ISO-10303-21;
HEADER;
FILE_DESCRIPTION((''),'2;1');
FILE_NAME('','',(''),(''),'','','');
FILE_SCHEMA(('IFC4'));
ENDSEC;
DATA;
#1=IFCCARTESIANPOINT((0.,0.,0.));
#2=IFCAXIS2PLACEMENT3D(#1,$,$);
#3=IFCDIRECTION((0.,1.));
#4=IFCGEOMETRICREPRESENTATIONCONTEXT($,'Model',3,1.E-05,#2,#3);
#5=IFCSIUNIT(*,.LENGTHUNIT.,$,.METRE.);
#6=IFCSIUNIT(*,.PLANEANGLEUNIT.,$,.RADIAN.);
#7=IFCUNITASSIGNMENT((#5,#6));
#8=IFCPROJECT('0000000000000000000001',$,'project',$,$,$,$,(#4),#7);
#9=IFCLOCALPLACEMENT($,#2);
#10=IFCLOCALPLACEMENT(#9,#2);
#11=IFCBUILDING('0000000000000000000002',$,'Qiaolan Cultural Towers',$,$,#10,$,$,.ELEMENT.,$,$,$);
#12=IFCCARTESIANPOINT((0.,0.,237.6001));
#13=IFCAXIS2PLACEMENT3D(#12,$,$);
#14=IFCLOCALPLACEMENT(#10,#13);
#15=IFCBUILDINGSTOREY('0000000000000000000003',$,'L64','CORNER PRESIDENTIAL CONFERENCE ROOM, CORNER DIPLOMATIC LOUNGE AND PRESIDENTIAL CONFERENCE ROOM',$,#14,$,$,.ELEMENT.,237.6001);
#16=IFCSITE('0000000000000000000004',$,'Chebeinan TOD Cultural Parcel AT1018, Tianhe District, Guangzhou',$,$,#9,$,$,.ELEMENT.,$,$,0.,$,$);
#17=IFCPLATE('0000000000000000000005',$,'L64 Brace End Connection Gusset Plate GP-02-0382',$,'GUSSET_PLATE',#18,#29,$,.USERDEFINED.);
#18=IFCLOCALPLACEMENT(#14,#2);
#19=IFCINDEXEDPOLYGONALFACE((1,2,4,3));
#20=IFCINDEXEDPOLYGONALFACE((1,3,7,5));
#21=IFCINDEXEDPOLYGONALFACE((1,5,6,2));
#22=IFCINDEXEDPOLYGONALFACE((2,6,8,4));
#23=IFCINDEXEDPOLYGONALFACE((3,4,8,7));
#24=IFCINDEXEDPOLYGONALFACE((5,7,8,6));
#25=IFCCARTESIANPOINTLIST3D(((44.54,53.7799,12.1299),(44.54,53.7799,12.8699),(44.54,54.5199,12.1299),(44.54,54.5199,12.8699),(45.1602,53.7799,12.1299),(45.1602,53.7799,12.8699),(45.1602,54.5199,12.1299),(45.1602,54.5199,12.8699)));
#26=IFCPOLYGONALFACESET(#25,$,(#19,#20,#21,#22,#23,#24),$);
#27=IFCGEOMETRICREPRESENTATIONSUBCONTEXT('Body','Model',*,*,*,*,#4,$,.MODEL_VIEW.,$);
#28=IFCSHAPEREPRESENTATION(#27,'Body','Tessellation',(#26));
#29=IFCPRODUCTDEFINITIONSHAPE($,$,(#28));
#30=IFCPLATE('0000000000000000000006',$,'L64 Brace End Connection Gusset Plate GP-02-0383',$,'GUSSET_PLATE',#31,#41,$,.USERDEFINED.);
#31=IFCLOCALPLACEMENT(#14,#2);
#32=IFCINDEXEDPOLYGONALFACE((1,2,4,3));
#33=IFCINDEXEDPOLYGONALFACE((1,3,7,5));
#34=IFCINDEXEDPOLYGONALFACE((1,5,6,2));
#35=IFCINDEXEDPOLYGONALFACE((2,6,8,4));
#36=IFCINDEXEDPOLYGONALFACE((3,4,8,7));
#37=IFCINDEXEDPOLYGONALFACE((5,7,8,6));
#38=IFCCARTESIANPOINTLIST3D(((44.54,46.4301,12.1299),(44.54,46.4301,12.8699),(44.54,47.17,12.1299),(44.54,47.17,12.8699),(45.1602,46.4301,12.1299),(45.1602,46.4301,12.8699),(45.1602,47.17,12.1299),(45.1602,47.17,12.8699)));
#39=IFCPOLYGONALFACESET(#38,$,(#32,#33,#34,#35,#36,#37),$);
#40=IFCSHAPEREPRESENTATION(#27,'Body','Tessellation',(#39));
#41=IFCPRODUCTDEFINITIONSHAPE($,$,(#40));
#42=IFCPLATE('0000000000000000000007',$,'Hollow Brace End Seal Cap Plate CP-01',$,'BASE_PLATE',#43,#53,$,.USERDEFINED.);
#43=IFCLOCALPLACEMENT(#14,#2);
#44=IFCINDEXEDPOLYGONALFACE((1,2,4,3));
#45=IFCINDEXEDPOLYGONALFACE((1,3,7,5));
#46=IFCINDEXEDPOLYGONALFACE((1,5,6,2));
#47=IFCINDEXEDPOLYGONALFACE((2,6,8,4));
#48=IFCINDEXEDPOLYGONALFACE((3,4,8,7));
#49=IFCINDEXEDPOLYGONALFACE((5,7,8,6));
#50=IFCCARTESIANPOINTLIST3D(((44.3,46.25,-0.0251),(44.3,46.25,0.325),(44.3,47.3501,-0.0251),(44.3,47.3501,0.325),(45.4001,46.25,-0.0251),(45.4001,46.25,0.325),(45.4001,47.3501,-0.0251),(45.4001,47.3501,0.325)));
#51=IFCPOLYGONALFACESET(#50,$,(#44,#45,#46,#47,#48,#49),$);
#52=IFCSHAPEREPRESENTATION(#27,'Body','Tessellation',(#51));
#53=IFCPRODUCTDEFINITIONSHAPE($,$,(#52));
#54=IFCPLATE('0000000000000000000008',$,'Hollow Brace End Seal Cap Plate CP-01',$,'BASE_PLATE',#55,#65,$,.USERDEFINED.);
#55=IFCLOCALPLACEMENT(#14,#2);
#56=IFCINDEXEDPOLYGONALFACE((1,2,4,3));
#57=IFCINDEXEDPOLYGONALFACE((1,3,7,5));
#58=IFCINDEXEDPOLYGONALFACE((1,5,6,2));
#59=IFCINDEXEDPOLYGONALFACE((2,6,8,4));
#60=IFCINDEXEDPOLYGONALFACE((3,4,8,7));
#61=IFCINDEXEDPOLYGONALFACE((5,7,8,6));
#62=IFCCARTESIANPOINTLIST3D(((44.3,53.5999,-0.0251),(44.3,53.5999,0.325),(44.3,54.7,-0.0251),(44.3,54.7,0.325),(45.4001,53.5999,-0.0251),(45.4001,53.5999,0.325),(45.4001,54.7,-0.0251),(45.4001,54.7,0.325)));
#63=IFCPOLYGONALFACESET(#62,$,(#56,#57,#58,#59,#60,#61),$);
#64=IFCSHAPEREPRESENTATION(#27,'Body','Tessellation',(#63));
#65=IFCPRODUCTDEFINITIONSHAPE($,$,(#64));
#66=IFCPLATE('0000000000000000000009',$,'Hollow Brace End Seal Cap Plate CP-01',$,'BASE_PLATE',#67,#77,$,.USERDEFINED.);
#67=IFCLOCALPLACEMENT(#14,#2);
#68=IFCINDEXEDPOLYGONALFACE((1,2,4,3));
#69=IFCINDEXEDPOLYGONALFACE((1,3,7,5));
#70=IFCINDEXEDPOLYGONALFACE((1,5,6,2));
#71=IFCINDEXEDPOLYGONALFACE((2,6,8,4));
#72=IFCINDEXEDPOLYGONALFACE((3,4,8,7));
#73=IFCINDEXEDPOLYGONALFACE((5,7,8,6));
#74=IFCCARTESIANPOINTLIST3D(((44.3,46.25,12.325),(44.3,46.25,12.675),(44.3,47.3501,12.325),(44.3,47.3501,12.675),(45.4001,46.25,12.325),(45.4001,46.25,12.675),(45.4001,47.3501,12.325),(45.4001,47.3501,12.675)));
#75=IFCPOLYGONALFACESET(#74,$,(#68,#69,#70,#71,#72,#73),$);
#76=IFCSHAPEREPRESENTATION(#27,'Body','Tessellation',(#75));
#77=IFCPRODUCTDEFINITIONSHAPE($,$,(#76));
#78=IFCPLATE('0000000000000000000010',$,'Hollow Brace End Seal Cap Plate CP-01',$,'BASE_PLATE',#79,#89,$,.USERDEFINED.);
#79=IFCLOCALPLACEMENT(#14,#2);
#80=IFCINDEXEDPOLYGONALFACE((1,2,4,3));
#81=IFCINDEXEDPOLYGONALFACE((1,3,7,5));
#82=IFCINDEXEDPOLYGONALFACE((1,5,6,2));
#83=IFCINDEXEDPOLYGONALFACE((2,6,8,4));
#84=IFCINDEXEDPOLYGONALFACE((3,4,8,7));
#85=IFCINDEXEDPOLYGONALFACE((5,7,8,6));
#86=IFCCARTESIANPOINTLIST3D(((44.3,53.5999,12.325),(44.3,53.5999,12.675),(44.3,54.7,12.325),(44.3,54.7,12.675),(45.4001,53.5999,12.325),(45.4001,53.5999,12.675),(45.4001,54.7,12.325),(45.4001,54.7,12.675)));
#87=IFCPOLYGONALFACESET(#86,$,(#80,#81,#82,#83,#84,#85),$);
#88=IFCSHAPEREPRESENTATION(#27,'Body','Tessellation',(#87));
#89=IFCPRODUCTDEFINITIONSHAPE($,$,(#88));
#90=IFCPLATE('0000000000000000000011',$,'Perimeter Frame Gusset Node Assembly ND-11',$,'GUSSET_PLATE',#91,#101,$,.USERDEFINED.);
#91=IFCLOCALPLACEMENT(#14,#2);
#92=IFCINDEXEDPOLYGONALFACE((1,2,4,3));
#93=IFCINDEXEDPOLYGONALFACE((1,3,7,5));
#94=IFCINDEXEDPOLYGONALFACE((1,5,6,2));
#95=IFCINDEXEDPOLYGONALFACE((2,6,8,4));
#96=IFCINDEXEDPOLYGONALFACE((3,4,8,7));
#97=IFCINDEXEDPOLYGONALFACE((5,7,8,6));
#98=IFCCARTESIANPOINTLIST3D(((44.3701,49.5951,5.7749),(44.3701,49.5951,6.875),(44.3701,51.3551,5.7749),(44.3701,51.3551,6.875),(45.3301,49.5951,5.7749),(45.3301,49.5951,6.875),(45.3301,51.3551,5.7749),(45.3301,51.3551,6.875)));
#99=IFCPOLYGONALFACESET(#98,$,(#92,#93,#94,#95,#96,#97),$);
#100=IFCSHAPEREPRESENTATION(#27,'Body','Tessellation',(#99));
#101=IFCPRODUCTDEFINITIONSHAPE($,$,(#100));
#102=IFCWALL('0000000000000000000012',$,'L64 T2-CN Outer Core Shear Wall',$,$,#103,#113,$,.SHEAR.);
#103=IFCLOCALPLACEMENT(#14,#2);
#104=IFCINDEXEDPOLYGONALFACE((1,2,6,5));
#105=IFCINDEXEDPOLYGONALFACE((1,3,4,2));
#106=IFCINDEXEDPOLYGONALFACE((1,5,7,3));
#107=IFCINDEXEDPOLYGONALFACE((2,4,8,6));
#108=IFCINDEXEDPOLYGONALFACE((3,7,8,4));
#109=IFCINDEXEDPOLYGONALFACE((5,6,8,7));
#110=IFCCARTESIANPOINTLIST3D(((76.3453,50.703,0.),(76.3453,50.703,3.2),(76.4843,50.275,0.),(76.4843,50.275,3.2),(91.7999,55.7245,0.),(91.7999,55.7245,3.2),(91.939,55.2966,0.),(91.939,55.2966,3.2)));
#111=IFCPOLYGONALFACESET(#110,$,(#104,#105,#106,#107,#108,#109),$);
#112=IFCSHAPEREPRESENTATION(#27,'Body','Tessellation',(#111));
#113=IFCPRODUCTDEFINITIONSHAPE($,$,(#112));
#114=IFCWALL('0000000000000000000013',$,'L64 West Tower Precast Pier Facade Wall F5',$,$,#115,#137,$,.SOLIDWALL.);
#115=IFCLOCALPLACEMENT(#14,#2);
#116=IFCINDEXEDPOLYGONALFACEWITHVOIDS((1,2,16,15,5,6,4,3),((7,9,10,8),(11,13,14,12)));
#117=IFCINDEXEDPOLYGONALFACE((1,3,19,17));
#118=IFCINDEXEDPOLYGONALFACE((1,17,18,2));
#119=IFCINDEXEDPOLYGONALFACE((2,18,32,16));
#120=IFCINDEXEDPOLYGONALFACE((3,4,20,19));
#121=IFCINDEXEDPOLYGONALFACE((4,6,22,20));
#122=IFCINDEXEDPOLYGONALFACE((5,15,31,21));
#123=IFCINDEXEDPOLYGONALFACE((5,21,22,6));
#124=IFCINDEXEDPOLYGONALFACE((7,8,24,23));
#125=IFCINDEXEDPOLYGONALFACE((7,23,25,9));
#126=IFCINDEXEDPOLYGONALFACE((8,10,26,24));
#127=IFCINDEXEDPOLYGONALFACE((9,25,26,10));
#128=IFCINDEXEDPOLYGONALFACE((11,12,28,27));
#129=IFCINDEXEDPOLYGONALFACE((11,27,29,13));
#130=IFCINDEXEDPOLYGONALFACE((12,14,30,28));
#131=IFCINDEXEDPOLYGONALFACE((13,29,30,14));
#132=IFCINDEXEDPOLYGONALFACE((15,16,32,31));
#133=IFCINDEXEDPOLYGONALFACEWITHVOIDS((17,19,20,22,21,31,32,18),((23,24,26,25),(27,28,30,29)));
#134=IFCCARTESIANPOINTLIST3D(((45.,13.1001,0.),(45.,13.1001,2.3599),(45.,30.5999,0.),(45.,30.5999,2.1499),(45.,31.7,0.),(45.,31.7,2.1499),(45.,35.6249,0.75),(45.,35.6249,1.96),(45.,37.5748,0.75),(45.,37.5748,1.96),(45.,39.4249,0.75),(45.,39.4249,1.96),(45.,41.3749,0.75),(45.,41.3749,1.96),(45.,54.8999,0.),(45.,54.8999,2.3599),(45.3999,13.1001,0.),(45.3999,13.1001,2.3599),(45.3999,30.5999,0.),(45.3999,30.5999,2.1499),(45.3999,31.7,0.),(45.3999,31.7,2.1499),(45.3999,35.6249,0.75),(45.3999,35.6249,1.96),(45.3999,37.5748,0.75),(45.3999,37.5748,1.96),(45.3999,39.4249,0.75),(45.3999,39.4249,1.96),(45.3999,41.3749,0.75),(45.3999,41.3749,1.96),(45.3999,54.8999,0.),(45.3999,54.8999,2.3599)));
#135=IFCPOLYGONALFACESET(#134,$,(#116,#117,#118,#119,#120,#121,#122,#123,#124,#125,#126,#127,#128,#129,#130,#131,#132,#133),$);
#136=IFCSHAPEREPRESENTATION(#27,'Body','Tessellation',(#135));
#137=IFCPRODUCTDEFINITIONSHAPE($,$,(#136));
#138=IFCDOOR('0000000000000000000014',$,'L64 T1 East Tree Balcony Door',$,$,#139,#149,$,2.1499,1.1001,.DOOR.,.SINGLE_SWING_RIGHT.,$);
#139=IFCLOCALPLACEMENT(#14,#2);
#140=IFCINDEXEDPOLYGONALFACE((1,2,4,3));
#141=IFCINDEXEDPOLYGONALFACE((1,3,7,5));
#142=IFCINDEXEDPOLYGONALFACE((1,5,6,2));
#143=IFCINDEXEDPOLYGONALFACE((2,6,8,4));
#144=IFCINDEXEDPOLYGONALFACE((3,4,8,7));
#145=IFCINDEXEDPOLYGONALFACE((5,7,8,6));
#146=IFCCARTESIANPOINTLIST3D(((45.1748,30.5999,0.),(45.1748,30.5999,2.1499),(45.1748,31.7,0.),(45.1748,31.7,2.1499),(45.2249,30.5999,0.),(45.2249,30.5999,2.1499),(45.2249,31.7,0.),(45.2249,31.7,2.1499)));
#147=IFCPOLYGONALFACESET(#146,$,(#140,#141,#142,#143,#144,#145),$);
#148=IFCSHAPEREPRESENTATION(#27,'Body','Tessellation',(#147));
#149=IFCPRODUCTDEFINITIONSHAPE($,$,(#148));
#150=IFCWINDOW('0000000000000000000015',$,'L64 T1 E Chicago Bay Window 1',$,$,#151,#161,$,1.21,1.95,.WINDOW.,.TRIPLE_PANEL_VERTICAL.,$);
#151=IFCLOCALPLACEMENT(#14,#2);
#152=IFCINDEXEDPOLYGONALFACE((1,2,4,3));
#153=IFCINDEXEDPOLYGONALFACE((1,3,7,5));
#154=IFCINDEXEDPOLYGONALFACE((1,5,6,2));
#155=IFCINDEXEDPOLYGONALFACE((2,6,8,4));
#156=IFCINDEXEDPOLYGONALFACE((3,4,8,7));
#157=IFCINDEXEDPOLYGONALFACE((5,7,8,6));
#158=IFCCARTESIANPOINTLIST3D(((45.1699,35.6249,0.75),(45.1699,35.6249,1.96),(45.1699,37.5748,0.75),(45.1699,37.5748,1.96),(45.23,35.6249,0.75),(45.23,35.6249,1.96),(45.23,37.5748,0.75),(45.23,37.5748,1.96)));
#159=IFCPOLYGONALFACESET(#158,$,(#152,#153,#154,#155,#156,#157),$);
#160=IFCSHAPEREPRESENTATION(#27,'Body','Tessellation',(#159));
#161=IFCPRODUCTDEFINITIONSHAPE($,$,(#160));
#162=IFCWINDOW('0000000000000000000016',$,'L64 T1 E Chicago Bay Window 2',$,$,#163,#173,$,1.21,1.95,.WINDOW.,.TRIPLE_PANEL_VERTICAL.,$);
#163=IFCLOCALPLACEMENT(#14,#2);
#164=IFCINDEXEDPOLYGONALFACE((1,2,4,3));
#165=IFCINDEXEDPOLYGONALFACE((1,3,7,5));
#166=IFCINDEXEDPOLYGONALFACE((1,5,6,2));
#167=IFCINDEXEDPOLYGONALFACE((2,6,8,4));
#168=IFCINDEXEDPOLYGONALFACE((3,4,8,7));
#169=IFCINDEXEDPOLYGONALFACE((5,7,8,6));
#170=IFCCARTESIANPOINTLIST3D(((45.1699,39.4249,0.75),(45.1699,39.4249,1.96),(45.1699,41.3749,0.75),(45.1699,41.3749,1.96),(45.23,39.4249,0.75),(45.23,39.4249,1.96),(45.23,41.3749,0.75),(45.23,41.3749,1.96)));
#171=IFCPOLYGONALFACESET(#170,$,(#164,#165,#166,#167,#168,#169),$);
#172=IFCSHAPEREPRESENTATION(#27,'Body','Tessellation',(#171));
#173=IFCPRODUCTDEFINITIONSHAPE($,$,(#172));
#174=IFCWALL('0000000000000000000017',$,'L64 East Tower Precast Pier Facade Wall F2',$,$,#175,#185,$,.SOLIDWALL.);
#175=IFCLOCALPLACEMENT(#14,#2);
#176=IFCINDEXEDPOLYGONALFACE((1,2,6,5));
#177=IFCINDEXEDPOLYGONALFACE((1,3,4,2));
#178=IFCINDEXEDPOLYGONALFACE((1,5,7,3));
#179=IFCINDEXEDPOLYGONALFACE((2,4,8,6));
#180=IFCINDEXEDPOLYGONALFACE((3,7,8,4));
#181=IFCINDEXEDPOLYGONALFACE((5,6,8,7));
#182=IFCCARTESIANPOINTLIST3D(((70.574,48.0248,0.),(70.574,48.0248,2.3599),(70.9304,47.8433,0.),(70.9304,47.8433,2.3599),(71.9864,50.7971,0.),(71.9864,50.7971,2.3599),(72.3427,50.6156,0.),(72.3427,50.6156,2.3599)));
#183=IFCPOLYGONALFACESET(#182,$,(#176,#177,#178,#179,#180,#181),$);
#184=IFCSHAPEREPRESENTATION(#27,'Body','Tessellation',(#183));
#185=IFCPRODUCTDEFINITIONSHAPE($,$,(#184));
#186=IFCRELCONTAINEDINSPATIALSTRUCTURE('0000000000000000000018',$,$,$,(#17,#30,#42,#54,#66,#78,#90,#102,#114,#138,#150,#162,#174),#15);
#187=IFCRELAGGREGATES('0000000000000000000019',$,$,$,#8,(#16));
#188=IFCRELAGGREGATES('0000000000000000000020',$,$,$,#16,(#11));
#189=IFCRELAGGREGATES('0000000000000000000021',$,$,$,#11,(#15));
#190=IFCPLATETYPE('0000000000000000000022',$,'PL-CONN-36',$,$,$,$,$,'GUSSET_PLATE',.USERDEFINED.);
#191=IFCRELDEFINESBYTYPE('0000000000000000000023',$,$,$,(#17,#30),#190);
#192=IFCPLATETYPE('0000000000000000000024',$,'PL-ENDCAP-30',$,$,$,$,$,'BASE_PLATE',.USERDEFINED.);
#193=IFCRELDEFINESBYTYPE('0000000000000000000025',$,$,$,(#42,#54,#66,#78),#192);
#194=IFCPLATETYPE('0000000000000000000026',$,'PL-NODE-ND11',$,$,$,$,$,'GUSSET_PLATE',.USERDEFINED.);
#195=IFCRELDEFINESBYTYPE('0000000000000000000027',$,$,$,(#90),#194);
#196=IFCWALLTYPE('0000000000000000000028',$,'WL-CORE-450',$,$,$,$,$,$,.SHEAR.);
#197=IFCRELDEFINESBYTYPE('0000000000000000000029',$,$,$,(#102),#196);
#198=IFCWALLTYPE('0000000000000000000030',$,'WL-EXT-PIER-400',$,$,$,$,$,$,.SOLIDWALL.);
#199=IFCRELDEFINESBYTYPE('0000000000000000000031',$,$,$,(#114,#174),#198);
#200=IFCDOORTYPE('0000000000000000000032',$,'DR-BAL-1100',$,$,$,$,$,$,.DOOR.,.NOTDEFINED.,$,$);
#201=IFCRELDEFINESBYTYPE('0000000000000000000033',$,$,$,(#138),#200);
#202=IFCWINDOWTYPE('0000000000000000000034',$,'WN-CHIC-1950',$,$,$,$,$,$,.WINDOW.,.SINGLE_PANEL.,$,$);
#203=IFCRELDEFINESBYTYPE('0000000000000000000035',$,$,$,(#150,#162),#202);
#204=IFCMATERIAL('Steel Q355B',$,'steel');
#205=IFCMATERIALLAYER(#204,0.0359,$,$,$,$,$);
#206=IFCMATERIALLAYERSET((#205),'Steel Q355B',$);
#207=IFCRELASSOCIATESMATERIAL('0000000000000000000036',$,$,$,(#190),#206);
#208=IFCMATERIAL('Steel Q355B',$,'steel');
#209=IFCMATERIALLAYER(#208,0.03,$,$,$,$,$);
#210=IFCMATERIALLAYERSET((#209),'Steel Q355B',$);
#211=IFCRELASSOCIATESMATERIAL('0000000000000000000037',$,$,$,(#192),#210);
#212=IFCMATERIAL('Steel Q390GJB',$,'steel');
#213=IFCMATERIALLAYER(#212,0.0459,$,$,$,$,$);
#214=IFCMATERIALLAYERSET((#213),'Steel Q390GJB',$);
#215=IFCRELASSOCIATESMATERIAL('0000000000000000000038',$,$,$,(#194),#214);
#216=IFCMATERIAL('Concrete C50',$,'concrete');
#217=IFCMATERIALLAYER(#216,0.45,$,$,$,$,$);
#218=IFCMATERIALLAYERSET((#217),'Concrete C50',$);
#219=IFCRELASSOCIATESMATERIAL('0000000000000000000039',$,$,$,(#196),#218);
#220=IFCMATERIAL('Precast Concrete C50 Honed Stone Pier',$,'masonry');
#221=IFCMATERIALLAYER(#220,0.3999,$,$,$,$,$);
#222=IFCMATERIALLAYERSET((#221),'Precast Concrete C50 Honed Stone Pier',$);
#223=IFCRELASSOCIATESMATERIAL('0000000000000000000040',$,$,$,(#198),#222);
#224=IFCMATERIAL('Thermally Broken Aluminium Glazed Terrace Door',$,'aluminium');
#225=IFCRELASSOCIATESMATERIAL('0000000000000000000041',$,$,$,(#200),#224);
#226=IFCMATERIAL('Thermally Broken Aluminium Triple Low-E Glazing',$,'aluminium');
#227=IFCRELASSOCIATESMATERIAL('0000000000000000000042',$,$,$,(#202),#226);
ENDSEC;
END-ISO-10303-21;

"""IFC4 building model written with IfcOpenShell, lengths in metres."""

from ifc_helpers import new_model, si_unit, direction, frame, frame_2d, origin, origin_2d, place, context, subcontext, project, spatial, rectangle, extrude, material, layer, layer_set, type_object, element, fill, save


model = new_model("IFC4")

# Units and contexts
model_context = context("Model", 3, precision=1e-05, world=origin(), true_north=direction((0.0, 1.0)))
body_context = subcontext(model_context, "Body", "Model", "MODEL_VIEW")
ifc_project = project(units=[si_unit("LENGTHUNIT", "METRE"), si_unit("PLANEANGLEUNIT", "RADIAN")], contexts=[model_context])

# Site, building, storey
site_placement = place(None, origin())
site = spatial("IfcSite", under=ifc_project, at=site_placement, Name="Chebeinan TOD Cultural Parcel AT1018, Tianhe District, Guangzhou", CompositionType="ELEMENT", RefElevation=0.0)
building_placement = place(site_placement, origin())
building = spatial("IfcBuilding", under=site, at=building_placement, Name="Qiaolan Cultural Towers", CompositionType="ELEMENT")
storey_placement = place(building_placement, frame((0.0, 0.0, 237.6001)))
storey = spatial("IfcBuildingStorey", under=building, at=storey_placement, Name="L64", Description="CORNER PRESIDENTIAL CONFERENCE ROOM, CORNER DIPLOMATIC LOUNGE AND PRESIDENTIAL CONFERENCE ROOM", CompositionType="ELEMENT", Elevation=237.6001)

# Plates
ifc_material_1 = material(Name="Steel Q355B", Category="steel")
ifc_layer_1 = layer(ifc_material_1, 0.0359)
ifc_layer_set_1 = layer_set([ifc_layer_1], Name="Steel Q355B")
plate_type_1 = type_object("IfcPlateType", Name="PL-CONN-36", ElementType="GUSSET_PLATE", PredefinedType="USERDEFINED", material=ifc_layer_set_1)
for number, where, z_axis, x_axis, name in (
    (1, (44.8501, 54.1499, 12.1299), (0.0, 0.0, 1.0), (0.0, 1.0, 0.0), "L64 Brace End Connection Gusset Plate GP-02-0382"),
    (2, (44.8501, 46.8, 12.1299), (0.0, 0.0, 1.0), (0.0, 1.0, 0.0), "L64 Brace End Connection Gusset Plate GP-02-0383"),
):
    element("IfcPlate", number, at=place(storey_placement, frame(where, z_axis=z_axis, x_axis=x_axis)), inside=storey, type_object=plate_type_1, Name=name, ObjectType="GUSSET_PLATE", PredefinedType="USERDEFINED", context=body_context, shape_type="SweptSolid", body=[
        extrude(rectangle(XDim=0.74, YDim=0.6201, at=origin_2d()), origin(), (0.0, 0.0, 1.0), 0.74),
    ])
ifc_material_2 = material(Name="Steel Q355B", Category="steel")
ifc_layer_2 = layer(ifc_material_2, 0.03)
ifc_layer_set_2 = layer_set([ifc_layer_2], Name="Steel Q355B")
plate_type_2 = type_object("IfcPlateType", Name="PL-ENDCAP-30", ElementType="BASE_PLATE", PredefinedType="USERDEFINED", material=ifc_layer_set_2)
for number, where, z_axis, x_axis, name in (
    (3, (44.8501, 46.8, -0.0251), (0.0, 0.0, 1.0), (0.0, 1.0, 0.0), "Hollow Brace End Seal Cap Plate CP-01"),
    (4, (44.8501, 54.1499, -0.0251), (0.0, 0.0, 1.0), (0.0, 1.0, 0.0), "Hollow Brace End Seal Cap Plate CP-01"),
    (5, (44.8501, 46.8, 12.325), (0.0, 0.0, 1.0), (0.0, 1.0, 0.0), "Hollow Brace End Seal Cap Plate CP-01"),
    (6, (44.8501, 54.1499, 12.325), (0.0, 0.0, 1.0), (0.0, 1.0, 0.0), "Hollow Brace End Seal Cap Plate CP-01"),
):
    element("IfcPlate", number, at=place(storey_placement, frame(where, z_axis=z_axis, x_axis=x_axis)), inside=storey, type_object=plate_type_2, Name=name, ObjectType="BASE_PLATE", PredefinedType="USERDEFINED", context=body_context, shape_type="SweptSolid", body=[
        extrude(rectangle(XDim=1.1001, YDim=1.1001, at=origin_2d()), origin(), (0.0, 0.0, 1.0), 0.3501),
    ])
ifc_material_3 = material(Name="Steel Q390GJB", Category="steel")
ifc_layer_3 = layer(ifc_material_3, 0.0459)
ifc_layer_set_3 = layer_set([ifc_layer_3], Name="Steel Q390GJB")
plate_type_3 = type_object("IfcPlateType", Name="PL-NODE-ND11", ElementType="GUSSET_PLATE", PredefinedType="USERDEFINED", material=ifc_layer_set_3)
plate_placement = place(storey_placement, frame((44.8501, 50.4751, 5.7749), z_axis=(0.0, 0.0, 1.0), x_axis=(0.0, 1.0, 0.0)))
element("IfcPlate", 7, at=plate_placement, inside=storey, type_object=plate_type_3, Name="Perimeter Frame Gusset Node Assembly ND-11", ObjectType="GUSSET_PLATE", PredefinedType="USERDEFINED", context=body_context, shape_type="SweptSolid", body=[
    extrude(rectangle(XDim=1.76, YDim=0.96, at=origin_2d()), origin(), (0.0, 0.0, 1.0), 1.1001),
])

# Wall
ifc_material_4 = material(Name="Concrete C50", Category="concrete")
ifc_layer_4 = layer(ifc_material_4, 0.45)
ifc_layer_set_4 = layer_set([ifc_layer_4], Name="Concrete C50")
wall_type_1 = type_object("IfcWallType", Name="WL-CORE-450", PredefinedType="SHEAR", material=ifc_layer_set_4)
wall_1_placement = place(storey_placement, frame((76.4148, 50.489, 0.0), z_axis=(0.0, 0.0, 1.0), x_axis=(0.951057, 0.309016, 0.0)))
element("IfcWall", 8, at=wall_1_placement, inside=storey, type_object=wall_type_1, Name="L64 T2-CN Outer Core Shear Wall", PredefinedType="SHEAR", context=body_context, shape_type="SweptSolid", body=[
    extrude(rectangle(XDim=16.25, YDim=0.45, at=frame_2d((8.125, 0.0))), origin(), (0.0, 0.0, 1.0), 3.2),
])

# Wall, openings, door, windows
ifc_material_5 = material(Name="Precast Concrete C50 Honed Stone Pier", Category="masonry")
ifc_layer_5 = layer(ifc_material_5, 0.3999)
ifc_layer_set_5 = layer_set([ifc_layer_5], Name="Precast Concrete C50 Honed Stone Pier")
wall_type_2 = type_object("IfcWallType", Name="WL-EXT-PIER-400", PredefinedType="SOLIDWALL", material=ifc_layer_set_5)
wall_2_placement = place(storey_placement, frame((45.2, 54.8999, 0.0), z_axis=(0.0, 0.0, 1.0), x_axis=(0.0, -1.0, 0.0)))
wall_2 = element("IfcWall", 9, at=wall_2_placement, inside=storey, type_object=wall_type_2, Name="L64 West Tower Precast Pier Facade Wall F5", PredefinedType="SOLIDWALL", context=body_context, shape_type="SweptSolid", body=[
    extrude(rectangle(XDim=41.7998, YDim=0.3999, at=frame_2d((20.8999, 0.0))), origin(), (0.0, 0.0, 1.0), 2.3599),
])
opening_1_placement = place(wall_2_placement, frame((17.325, 0.0, 0.75)))
opening_1 = element("IfcOpeningElement", 10, at=opening_1_placement, cuts=wall_2, PredefinedType="OPENING", context=body_context, shape_type="SweptSolid", body=[
    extrude(rectangle(XDim=1.95, YDim=1.21, at=frame_2d((0.9751, 0.605))), frame((0.0, 0.21, 0.0), z_axis=(0.0, -1.0, 0.0), x_axis=(1.0, 0.0, 0.0)), (0.0, 0.0, 1.0), 0.4199),
])
opening_2_placement = place(wall_2_placement, frame((13.5249, 0.0, 0.75)))
opening_2 = element("IfcOpeningElement", 11, at=opening_2_placement, cuts=wall_2, PredefinedType="OPENING", context=body_context, shape_type="SweptSolid", body=[
    extrude(rectangle(XDim=1.95, YDim=1.21, at=frame_2d((0.9751, 0.605))), frame((0.0, 0.21, 0.0), z_axis=(0.0, -1.0, 0.0), x_axis=(1.0, 0.0, 0.0)), (0.0, 0.0, 1.0), 0.4199),
])
opening_3_placement = place(wall_2_placement, frame((23.2, 0.0, 0.0)))
opening_3 = element("IfcOpeningElement", 12, at=opening_3_placement, cuts=wall_2, PredefinedType="OPENING", context=body_context, shape_type="SweptSolid", body=[
    extrude(rectangle(XDim=1.1001, YDim=2.1499, at=frame_2d((0.55, 1.075))), frame((0.0, 0.21, 0.0), z_axis=(0.0, -1.0, 0.0), x_axis=(1.0, 0.0, 0.0)), (0.0, 0.0, 1.0), 0.4199),
])
ifc_material_6 = material(Name="Thermally Broken Aluminium Glazed Terrace Door", Category="aluminium")
door_type = type_object("IfcDoorType", Name="DR-BAL-1100", OperationType="NOTDEFINED", PredefinedType="DOOR", material=ifc_material_6)
door_placement = place(opening_3_placement, origin())
door = element("IfcDoor", 13, at=door_placement, inside=storey, type_object=door_type, Name="L64 T1 East Tree Balcony Door", OperationType="SINGLE_SWING_RIGHT", OverallHeight=2.1499, OverallWidth=1.1001, PredefinedType="DOOR", context=body_context, shape_type="SweptSolid", body=[
    extrude(rectangle(XDim=1.1001, YDim=2.1499, at=frame_2d((0.55, 1.075))), frame((0.0, 0.0249, 0.0), z_axis=(0.0, -1.0, 0.0), x_axis=(1.0, 0.0, 0.0)), (0.0, 0.0, 1.0), 0.05),
])
fill(opening_3, door)
ifc_material_7 = material(Name="Thermally Broken Aluminium Triple Low-E Glazing", Category="aluminium")
window_type = type_object("IfcWindowType", Name="WN-CHIC-1950", PartitioningType="SINGLE_PANEL", PredefinedType="WINDOW", material=ifc_material_7)
window_1_placement = place(opening_1_placement, origin())
window_1 = element("IfcWindow", 14, at=window_1_placement, inside=storey, type_object=window_type, Name="L64 T1 E Chicago Bay Window 1", OverallHeight=1.21, OverallWidth=1.95, PartitioningType="TRIPLE_PANEL_VERTICAL", PredefinedType="WINDOW", context=body_context, shape_type="SweptSolid", body=[
    extrude(rectangle(XDim=1.95, YDim=1.21, at=frame_2d((0.9751, 0.605))), frame((0.0, 0.03, 0.0), z_axis=(0.0, -1.0, 0.0), x_axis=(1.0, 0.0, 0.0)), (0.0, 0.0, 1.0), 0.0601),
])
fill(opening_1, window_1)
window_2_placement = place(opening_2_placement, origin())
window_2 = element("IfcWindow", 15, at=window_2_placement, inside=storey, type_object=window_type, Name="L64 T1 E Chicago Bay Window 2", OverallHeight=1.21, OverallWidth=1.95, PartitioningType="TRIPLE_PANEL_VERTICAL", PredefinedType="WINDOW", context=body_context, shape_type="SweptSolid", body=[
    extrude(rectangle(XDim=1.95, YDim=1.21, at=frame_2d((0.9751, 0.605))), frame((0.0, 0.03, 0.0), z_axis=(0.0, -1.0, 0.0), x_axis=(1.0, 0.0, 0.0)), (0.0, 0.0, 1.0), 0.0601),
])
fill(opening_2, window_2)

# Wall
wall_3_placement = place(storey_placement, frame((70.7522, 47.9341, 0.0), z_axis=(0.0, 0.0, 1.0), x_axis=(0.453949, 0.891028, 0.0)))
element("IfcWall", 16, at=wall_3_placement, inside=storey, type_object=wall_type_2, Name="L64 East Tower Precast Pier Facade Wall F2", PredefinedType="SOLIDWALL", context=body_context, shape_type="SweptSolid", body=[
    extrude(rectangle(XDim=3.1113, YDim=0.3999, at=frame_2d((1.5557, 0.0))), origin(), (0.0, 0.0, 1.0), 2.3599),
])

save(model, "model.ifc")
